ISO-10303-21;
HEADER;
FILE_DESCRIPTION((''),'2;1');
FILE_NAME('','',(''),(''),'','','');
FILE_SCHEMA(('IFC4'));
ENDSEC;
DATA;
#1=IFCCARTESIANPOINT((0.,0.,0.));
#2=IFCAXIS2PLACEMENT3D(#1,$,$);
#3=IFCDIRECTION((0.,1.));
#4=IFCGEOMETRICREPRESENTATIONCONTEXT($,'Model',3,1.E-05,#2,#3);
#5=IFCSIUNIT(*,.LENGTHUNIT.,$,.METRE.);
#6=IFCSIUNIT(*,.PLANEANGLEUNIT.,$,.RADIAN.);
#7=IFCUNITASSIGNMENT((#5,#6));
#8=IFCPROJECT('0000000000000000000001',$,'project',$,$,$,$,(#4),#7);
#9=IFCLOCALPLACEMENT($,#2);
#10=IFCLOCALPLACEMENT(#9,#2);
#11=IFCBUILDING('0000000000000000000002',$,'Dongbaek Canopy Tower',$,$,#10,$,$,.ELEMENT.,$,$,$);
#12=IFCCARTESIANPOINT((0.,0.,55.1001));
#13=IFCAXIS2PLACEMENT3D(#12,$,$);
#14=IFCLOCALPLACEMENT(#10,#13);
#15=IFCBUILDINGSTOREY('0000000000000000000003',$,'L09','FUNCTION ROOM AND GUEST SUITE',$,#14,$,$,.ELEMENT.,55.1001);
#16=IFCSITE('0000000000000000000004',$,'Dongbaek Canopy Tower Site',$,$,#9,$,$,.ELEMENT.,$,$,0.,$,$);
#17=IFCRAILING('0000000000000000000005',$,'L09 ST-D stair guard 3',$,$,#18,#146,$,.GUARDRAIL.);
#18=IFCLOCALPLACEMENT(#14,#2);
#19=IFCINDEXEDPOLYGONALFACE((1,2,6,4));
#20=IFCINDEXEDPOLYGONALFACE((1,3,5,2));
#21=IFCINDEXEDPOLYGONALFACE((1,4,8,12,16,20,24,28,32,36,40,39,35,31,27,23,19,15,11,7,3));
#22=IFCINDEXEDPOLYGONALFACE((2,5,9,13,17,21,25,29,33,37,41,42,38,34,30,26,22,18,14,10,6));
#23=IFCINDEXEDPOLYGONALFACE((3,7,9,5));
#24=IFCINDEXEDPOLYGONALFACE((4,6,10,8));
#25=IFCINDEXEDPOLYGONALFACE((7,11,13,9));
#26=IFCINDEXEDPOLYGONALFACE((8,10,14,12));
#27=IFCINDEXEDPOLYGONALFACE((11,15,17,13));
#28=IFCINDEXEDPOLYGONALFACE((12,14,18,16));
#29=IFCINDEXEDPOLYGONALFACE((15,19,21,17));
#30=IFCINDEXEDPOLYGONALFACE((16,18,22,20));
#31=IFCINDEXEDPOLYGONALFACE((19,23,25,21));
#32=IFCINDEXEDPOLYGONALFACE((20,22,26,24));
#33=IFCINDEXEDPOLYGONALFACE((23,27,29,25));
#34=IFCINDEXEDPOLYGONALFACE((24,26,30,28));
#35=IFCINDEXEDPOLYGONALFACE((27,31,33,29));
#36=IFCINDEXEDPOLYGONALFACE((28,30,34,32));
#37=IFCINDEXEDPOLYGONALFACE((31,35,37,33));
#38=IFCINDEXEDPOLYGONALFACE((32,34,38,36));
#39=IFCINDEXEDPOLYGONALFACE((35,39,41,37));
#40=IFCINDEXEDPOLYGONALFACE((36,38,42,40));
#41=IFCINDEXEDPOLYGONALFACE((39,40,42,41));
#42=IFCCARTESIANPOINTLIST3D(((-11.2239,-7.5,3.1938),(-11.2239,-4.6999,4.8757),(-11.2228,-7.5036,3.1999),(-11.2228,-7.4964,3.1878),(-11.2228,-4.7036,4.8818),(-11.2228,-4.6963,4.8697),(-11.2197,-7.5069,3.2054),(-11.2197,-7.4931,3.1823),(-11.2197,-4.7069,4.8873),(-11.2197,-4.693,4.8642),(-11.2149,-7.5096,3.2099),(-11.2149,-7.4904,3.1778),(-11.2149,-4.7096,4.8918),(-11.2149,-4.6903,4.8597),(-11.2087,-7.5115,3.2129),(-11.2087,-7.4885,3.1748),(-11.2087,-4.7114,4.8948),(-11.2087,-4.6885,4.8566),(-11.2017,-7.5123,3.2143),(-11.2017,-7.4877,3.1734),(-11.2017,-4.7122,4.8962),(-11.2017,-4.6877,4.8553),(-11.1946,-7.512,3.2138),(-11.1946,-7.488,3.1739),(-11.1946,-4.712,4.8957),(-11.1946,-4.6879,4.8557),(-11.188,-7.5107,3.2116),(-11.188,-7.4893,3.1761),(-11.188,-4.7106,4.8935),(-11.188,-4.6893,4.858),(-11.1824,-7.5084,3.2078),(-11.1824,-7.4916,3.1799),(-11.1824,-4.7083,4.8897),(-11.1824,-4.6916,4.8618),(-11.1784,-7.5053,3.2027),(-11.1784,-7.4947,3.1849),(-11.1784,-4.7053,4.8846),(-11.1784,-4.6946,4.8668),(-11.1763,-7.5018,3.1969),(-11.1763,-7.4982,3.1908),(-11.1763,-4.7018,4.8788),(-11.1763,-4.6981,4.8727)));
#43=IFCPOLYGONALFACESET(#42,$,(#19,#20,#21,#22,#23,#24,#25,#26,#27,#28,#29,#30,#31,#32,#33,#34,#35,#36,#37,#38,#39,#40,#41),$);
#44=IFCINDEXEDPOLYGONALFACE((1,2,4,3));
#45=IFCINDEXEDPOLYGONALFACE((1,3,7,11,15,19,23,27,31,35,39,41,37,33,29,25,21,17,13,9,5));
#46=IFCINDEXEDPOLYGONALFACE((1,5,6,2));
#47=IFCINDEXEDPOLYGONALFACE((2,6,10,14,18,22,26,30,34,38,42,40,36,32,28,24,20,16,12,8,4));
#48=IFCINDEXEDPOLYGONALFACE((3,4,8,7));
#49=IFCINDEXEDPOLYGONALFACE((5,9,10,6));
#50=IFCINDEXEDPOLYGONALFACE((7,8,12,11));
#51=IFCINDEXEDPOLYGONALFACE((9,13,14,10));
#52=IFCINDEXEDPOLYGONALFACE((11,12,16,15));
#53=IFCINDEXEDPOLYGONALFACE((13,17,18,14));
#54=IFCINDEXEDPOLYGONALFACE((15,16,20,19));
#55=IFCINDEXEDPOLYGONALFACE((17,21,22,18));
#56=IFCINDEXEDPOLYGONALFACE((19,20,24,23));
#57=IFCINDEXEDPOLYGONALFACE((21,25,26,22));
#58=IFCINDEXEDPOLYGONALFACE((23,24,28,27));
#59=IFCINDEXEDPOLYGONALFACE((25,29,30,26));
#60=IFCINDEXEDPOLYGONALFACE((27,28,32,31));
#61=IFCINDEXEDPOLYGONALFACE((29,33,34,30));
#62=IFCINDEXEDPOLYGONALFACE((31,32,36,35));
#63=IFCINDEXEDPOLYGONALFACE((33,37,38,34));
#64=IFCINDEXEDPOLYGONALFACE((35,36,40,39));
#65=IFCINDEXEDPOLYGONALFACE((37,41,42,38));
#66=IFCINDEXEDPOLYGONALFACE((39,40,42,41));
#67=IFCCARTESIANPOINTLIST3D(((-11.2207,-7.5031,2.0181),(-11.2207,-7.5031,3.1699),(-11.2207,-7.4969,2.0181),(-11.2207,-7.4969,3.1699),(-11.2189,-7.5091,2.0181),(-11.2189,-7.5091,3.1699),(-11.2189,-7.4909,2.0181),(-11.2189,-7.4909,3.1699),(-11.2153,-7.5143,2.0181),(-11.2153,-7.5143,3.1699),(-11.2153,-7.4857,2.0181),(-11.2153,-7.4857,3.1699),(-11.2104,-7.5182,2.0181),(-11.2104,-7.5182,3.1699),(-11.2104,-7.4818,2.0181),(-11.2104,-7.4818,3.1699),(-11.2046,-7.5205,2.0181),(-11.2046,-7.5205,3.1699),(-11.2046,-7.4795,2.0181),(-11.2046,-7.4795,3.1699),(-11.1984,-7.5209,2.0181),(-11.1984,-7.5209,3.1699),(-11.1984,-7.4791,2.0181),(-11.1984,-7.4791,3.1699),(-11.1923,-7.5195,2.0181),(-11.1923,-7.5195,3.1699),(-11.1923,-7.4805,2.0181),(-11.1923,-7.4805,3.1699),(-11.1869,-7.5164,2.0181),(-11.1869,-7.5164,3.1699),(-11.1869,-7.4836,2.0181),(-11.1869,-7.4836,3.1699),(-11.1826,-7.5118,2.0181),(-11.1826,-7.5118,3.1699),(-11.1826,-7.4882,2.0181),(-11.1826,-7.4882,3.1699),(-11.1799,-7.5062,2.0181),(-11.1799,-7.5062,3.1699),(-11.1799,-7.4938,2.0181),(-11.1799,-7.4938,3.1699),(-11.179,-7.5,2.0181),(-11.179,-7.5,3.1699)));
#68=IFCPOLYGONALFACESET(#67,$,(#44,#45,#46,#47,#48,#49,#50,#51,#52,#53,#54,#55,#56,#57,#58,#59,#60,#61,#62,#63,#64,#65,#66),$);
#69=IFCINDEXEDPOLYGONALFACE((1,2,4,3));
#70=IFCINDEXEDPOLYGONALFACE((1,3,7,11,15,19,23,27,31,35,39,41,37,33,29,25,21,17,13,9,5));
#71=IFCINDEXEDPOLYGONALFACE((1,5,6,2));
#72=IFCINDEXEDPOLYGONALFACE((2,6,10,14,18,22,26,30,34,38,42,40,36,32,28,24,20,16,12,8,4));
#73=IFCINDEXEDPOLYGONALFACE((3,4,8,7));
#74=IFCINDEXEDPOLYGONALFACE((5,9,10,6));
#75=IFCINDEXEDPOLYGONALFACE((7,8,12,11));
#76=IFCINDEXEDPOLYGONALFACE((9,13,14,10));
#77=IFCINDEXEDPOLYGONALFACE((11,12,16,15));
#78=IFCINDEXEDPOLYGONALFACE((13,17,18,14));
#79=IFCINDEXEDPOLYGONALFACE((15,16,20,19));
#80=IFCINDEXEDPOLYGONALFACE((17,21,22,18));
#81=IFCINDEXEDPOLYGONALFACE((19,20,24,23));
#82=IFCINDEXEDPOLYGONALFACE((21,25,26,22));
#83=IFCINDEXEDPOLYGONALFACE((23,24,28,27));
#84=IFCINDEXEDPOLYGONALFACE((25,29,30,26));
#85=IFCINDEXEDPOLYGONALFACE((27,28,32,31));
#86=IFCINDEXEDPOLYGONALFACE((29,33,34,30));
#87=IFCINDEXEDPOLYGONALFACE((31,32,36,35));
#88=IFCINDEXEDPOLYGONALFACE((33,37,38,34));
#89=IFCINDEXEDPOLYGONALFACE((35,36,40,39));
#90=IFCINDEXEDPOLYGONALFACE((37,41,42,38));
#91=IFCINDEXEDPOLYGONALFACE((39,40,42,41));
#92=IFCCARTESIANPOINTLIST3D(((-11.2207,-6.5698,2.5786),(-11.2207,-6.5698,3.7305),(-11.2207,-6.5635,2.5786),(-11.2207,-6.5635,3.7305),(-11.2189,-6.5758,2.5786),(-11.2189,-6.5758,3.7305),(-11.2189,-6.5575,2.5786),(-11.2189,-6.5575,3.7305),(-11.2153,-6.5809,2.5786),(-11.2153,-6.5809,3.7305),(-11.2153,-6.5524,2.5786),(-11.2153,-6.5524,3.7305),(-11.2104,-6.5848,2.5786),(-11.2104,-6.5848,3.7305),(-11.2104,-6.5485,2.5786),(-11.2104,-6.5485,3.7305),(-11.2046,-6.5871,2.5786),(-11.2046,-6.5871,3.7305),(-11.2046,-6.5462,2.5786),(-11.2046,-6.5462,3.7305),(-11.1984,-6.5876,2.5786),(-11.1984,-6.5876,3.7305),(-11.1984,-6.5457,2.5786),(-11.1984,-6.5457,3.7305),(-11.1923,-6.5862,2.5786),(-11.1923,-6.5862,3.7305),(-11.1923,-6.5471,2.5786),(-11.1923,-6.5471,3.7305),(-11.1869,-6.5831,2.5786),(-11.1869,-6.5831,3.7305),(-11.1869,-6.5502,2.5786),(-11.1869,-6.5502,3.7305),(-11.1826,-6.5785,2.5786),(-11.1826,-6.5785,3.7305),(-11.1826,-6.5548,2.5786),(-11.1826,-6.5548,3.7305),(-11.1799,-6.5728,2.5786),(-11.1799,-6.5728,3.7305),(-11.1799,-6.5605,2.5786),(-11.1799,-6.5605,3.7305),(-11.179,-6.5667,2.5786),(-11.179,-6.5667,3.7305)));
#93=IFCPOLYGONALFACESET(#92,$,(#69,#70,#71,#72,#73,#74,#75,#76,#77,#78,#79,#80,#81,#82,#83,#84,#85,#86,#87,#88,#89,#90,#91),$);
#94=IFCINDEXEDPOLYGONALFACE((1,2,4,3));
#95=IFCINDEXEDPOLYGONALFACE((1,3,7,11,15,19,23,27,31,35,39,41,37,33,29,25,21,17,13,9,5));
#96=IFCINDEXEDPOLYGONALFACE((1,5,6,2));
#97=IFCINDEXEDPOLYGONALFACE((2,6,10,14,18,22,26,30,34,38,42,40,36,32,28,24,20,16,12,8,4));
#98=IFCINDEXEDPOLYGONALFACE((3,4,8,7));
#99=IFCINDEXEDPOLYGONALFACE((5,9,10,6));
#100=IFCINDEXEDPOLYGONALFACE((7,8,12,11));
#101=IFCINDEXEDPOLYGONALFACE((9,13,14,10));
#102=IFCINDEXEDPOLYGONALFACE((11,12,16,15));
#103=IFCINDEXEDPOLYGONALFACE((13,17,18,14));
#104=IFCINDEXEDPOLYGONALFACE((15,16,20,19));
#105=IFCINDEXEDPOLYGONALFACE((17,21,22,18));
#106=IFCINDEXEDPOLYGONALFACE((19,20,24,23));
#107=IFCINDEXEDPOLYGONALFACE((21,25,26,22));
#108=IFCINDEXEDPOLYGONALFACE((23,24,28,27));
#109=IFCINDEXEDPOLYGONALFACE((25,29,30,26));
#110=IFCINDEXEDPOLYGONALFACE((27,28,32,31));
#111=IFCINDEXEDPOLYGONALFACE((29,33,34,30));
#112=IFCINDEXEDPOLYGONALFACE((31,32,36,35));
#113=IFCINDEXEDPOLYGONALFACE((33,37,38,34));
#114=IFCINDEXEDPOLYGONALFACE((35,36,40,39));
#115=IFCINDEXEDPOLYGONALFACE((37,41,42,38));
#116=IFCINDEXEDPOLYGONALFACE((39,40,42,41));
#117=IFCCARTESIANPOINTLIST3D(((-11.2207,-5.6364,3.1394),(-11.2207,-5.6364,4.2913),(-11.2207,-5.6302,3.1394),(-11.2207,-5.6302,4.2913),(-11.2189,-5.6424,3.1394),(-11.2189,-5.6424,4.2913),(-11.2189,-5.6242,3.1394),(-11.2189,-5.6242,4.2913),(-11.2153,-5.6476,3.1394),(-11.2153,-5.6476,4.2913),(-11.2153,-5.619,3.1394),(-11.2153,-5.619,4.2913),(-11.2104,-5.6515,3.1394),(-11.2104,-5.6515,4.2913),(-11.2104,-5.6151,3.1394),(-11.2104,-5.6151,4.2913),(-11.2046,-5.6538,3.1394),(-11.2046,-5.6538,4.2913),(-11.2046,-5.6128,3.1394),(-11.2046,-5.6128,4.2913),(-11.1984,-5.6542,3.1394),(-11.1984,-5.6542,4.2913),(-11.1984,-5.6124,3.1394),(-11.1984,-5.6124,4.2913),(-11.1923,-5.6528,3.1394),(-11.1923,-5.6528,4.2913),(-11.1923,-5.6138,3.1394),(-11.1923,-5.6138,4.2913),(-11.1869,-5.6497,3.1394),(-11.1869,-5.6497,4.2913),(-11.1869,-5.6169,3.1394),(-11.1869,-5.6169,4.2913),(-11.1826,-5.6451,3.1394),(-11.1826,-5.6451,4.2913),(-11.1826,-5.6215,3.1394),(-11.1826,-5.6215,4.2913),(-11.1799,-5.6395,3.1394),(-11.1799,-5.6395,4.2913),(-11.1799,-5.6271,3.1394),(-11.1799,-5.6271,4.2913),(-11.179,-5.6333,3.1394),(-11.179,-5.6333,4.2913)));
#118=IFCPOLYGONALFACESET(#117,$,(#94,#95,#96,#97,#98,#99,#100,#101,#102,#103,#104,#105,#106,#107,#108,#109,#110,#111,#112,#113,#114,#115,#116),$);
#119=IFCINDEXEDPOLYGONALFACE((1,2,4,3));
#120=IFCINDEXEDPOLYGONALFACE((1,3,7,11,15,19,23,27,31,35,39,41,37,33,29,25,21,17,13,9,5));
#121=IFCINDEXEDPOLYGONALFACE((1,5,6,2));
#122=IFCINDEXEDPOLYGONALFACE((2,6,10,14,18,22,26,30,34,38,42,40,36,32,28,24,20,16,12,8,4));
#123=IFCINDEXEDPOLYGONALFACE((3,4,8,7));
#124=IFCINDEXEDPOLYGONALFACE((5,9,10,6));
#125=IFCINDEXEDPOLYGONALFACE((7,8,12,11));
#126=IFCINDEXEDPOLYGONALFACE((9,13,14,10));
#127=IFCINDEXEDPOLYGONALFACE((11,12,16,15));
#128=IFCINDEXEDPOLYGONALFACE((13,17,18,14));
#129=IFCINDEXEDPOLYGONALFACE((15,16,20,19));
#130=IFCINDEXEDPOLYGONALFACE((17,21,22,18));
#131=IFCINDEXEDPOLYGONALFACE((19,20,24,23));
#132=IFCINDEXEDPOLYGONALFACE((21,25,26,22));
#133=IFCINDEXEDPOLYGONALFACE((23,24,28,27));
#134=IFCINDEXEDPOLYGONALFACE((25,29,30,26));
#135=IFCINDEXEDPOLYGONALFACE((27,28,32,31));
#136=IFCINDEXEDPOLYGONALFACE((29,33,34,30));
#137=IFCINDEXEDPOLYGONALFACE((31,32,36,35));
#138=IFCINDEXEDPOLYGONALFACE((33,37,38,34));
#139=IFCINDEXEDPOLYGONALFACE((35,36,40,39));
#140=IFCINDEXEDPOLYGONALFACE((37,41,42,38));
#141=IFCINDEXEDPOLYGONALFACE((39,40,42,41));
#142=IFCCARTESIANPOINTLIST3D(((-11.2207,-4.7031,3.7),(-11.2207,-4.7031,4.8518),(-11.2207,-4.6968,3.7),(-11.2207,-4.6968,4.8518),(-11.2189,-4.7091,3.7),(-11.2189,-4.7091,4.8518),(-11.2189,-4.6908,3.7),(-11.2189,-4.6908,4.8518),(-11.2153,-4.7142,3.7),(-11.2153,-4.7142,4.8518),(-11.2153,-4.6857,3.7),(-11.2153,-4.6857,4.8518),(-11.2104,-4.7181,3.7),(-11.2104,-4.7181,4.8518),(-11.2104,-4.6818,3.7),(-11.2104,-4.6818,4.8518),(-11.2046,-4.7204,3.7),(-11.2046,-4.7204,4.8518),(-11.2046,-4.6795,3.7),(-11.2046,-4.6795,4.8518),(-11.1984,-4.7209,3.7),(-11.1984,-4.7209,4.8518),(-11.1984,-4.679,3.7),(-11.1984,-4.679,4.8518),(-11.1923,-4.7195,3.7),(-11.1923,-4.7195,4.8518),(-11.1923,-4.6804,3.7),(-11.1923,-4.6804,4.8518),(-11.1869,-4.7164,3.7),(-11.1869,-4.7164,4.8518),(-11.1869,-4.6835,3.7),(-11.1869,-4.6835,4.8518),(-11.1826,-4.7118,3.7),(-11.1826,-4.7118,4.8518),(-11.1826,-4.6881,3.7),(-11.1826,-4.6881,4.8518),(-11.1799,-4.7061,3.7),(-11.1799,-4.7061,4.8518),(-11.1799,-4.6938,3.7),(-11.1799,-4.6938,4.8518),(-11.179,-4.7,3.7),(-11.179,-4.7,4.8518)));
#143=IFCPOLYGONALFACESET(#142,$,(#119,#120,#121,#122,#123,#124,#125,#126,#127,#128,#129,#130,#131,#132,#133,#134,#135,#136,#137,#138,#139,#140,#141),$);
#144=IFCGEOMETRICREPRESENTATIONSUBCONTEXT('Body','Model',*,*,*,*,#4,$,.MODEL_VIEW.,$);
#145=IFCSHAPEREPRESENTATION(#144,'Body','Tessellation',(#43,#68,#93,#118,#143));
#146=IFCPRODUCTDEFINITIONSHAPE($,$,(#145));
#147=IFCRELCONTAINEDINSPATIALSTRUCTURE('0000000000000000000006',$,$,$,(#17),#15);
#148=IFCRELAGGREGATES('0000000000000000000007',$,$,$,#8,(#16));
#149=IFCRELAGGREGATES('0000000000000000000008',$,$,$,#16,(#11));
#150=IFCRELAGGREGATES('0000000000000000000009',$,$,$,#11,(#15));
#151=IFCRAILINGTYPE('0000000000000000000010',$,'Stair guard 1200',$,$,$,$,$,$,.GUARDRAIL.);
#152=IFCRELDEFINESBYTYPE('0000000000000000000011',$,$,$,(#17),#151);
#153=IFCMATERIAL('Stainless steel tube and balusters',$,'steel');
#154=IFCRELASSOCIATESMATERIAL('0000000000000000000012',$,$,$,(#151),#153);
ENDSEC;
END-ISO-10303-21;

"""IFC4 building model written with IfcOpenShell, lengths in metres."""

from ifc_helpers import new_model, si_unit, direction, frame, origin, origin_2d, place, context, subcontext, project, spatial, circle, extrude, material, type_object, element, save


model = new_model("IFC4")

# Units and contexts
model_context = context("Model", 3, precision=1e-05, world=origin(), true_north=direction((0.0, 1.0)))
body_context = subcontext(model_context, "Body", "Model", "MODEL_VIEW")
ifc_project = project(units=[si_unit("LENGTHUNIT", "METRE"), si_unit("PLANEANGLEUNIT", "RADIAN")], contexts=[model_context])

# Site, building, storey
site_placement = place(None, origin())
site = spatial("IfcSite", under=ifc_project, at=site_placement, Name="Dongbaek Canopy Tower Site", CompositionType="ELEMENT", RefElevation=0.0)
building_placement = place(site_placement, origin())
building = spatial("IfcBuilding", under=site, at=building_placement, Name="Dongbaek Canopy Tower", CompositionType="ELEMENT")
storey_placement = place(building_placement, frame((0.0, 0.0, 55.1001)))
storey = spatial("IfcBuildingStorey", under=building, at=storey_placement, Name="L09", Description="FUNCTION ROOM AND GUEST SUITE", CompositionType="ELEMENT", Elevation=55.1001)

# Railing
ifc_material_1 = material(Name="Stainless steel tube and balusters", Category="steel")
railing_type_1 = type_object("IfcRailingType", Name="Stair guard 1200", PredefinedType="GUARDRAIL", material=ifc_material_1)
railing_1_placement = place(storey_placement, frame((-11.2, -7.5, 2.0181)))
element("IfcRailing", 1, at=railing_1_placement, inside=storey, type_object=railing_type_1, Name="L09 ST-D stair guard 3", PredefinedType="GUARDRAIL", context=body_context, shape_type="SweptSolid", body=[
    extrude(circle(Radius=0.0239, at=origin_2d()), frame((0.0, 0.0, 1.1758), z_axis=(0.0, 0.857242, 0.514913), x_axis=(-1.0, 0.0, 0.0)), (0.0, 0.0, 1.0), 3.2664),
    extrude(circle(Radius=0.021, at=origin_2d()), origin(), (0.0, 0.0, 1.0), 1.1519),
    extrude(circle(Radius=0.021, at=origin_2d()), frame((0.0, 0.9333, 0.5605)), (0.0, 0.0, 1.0), 1.1519),
    extrude(circle(Radius=0.021, at=origin_2d()), frame((0.0, 1.8667, 1.1213)), (0.0, 0.0, 1.0), 1.1519),
    extrude(circle(Radius=0.021, at=origin_2d()), frame((0.0, 2.8, 1.6819)), (0.0, 0.0, 1.0), 1.1519),
])

save(model, "model.ifc")
